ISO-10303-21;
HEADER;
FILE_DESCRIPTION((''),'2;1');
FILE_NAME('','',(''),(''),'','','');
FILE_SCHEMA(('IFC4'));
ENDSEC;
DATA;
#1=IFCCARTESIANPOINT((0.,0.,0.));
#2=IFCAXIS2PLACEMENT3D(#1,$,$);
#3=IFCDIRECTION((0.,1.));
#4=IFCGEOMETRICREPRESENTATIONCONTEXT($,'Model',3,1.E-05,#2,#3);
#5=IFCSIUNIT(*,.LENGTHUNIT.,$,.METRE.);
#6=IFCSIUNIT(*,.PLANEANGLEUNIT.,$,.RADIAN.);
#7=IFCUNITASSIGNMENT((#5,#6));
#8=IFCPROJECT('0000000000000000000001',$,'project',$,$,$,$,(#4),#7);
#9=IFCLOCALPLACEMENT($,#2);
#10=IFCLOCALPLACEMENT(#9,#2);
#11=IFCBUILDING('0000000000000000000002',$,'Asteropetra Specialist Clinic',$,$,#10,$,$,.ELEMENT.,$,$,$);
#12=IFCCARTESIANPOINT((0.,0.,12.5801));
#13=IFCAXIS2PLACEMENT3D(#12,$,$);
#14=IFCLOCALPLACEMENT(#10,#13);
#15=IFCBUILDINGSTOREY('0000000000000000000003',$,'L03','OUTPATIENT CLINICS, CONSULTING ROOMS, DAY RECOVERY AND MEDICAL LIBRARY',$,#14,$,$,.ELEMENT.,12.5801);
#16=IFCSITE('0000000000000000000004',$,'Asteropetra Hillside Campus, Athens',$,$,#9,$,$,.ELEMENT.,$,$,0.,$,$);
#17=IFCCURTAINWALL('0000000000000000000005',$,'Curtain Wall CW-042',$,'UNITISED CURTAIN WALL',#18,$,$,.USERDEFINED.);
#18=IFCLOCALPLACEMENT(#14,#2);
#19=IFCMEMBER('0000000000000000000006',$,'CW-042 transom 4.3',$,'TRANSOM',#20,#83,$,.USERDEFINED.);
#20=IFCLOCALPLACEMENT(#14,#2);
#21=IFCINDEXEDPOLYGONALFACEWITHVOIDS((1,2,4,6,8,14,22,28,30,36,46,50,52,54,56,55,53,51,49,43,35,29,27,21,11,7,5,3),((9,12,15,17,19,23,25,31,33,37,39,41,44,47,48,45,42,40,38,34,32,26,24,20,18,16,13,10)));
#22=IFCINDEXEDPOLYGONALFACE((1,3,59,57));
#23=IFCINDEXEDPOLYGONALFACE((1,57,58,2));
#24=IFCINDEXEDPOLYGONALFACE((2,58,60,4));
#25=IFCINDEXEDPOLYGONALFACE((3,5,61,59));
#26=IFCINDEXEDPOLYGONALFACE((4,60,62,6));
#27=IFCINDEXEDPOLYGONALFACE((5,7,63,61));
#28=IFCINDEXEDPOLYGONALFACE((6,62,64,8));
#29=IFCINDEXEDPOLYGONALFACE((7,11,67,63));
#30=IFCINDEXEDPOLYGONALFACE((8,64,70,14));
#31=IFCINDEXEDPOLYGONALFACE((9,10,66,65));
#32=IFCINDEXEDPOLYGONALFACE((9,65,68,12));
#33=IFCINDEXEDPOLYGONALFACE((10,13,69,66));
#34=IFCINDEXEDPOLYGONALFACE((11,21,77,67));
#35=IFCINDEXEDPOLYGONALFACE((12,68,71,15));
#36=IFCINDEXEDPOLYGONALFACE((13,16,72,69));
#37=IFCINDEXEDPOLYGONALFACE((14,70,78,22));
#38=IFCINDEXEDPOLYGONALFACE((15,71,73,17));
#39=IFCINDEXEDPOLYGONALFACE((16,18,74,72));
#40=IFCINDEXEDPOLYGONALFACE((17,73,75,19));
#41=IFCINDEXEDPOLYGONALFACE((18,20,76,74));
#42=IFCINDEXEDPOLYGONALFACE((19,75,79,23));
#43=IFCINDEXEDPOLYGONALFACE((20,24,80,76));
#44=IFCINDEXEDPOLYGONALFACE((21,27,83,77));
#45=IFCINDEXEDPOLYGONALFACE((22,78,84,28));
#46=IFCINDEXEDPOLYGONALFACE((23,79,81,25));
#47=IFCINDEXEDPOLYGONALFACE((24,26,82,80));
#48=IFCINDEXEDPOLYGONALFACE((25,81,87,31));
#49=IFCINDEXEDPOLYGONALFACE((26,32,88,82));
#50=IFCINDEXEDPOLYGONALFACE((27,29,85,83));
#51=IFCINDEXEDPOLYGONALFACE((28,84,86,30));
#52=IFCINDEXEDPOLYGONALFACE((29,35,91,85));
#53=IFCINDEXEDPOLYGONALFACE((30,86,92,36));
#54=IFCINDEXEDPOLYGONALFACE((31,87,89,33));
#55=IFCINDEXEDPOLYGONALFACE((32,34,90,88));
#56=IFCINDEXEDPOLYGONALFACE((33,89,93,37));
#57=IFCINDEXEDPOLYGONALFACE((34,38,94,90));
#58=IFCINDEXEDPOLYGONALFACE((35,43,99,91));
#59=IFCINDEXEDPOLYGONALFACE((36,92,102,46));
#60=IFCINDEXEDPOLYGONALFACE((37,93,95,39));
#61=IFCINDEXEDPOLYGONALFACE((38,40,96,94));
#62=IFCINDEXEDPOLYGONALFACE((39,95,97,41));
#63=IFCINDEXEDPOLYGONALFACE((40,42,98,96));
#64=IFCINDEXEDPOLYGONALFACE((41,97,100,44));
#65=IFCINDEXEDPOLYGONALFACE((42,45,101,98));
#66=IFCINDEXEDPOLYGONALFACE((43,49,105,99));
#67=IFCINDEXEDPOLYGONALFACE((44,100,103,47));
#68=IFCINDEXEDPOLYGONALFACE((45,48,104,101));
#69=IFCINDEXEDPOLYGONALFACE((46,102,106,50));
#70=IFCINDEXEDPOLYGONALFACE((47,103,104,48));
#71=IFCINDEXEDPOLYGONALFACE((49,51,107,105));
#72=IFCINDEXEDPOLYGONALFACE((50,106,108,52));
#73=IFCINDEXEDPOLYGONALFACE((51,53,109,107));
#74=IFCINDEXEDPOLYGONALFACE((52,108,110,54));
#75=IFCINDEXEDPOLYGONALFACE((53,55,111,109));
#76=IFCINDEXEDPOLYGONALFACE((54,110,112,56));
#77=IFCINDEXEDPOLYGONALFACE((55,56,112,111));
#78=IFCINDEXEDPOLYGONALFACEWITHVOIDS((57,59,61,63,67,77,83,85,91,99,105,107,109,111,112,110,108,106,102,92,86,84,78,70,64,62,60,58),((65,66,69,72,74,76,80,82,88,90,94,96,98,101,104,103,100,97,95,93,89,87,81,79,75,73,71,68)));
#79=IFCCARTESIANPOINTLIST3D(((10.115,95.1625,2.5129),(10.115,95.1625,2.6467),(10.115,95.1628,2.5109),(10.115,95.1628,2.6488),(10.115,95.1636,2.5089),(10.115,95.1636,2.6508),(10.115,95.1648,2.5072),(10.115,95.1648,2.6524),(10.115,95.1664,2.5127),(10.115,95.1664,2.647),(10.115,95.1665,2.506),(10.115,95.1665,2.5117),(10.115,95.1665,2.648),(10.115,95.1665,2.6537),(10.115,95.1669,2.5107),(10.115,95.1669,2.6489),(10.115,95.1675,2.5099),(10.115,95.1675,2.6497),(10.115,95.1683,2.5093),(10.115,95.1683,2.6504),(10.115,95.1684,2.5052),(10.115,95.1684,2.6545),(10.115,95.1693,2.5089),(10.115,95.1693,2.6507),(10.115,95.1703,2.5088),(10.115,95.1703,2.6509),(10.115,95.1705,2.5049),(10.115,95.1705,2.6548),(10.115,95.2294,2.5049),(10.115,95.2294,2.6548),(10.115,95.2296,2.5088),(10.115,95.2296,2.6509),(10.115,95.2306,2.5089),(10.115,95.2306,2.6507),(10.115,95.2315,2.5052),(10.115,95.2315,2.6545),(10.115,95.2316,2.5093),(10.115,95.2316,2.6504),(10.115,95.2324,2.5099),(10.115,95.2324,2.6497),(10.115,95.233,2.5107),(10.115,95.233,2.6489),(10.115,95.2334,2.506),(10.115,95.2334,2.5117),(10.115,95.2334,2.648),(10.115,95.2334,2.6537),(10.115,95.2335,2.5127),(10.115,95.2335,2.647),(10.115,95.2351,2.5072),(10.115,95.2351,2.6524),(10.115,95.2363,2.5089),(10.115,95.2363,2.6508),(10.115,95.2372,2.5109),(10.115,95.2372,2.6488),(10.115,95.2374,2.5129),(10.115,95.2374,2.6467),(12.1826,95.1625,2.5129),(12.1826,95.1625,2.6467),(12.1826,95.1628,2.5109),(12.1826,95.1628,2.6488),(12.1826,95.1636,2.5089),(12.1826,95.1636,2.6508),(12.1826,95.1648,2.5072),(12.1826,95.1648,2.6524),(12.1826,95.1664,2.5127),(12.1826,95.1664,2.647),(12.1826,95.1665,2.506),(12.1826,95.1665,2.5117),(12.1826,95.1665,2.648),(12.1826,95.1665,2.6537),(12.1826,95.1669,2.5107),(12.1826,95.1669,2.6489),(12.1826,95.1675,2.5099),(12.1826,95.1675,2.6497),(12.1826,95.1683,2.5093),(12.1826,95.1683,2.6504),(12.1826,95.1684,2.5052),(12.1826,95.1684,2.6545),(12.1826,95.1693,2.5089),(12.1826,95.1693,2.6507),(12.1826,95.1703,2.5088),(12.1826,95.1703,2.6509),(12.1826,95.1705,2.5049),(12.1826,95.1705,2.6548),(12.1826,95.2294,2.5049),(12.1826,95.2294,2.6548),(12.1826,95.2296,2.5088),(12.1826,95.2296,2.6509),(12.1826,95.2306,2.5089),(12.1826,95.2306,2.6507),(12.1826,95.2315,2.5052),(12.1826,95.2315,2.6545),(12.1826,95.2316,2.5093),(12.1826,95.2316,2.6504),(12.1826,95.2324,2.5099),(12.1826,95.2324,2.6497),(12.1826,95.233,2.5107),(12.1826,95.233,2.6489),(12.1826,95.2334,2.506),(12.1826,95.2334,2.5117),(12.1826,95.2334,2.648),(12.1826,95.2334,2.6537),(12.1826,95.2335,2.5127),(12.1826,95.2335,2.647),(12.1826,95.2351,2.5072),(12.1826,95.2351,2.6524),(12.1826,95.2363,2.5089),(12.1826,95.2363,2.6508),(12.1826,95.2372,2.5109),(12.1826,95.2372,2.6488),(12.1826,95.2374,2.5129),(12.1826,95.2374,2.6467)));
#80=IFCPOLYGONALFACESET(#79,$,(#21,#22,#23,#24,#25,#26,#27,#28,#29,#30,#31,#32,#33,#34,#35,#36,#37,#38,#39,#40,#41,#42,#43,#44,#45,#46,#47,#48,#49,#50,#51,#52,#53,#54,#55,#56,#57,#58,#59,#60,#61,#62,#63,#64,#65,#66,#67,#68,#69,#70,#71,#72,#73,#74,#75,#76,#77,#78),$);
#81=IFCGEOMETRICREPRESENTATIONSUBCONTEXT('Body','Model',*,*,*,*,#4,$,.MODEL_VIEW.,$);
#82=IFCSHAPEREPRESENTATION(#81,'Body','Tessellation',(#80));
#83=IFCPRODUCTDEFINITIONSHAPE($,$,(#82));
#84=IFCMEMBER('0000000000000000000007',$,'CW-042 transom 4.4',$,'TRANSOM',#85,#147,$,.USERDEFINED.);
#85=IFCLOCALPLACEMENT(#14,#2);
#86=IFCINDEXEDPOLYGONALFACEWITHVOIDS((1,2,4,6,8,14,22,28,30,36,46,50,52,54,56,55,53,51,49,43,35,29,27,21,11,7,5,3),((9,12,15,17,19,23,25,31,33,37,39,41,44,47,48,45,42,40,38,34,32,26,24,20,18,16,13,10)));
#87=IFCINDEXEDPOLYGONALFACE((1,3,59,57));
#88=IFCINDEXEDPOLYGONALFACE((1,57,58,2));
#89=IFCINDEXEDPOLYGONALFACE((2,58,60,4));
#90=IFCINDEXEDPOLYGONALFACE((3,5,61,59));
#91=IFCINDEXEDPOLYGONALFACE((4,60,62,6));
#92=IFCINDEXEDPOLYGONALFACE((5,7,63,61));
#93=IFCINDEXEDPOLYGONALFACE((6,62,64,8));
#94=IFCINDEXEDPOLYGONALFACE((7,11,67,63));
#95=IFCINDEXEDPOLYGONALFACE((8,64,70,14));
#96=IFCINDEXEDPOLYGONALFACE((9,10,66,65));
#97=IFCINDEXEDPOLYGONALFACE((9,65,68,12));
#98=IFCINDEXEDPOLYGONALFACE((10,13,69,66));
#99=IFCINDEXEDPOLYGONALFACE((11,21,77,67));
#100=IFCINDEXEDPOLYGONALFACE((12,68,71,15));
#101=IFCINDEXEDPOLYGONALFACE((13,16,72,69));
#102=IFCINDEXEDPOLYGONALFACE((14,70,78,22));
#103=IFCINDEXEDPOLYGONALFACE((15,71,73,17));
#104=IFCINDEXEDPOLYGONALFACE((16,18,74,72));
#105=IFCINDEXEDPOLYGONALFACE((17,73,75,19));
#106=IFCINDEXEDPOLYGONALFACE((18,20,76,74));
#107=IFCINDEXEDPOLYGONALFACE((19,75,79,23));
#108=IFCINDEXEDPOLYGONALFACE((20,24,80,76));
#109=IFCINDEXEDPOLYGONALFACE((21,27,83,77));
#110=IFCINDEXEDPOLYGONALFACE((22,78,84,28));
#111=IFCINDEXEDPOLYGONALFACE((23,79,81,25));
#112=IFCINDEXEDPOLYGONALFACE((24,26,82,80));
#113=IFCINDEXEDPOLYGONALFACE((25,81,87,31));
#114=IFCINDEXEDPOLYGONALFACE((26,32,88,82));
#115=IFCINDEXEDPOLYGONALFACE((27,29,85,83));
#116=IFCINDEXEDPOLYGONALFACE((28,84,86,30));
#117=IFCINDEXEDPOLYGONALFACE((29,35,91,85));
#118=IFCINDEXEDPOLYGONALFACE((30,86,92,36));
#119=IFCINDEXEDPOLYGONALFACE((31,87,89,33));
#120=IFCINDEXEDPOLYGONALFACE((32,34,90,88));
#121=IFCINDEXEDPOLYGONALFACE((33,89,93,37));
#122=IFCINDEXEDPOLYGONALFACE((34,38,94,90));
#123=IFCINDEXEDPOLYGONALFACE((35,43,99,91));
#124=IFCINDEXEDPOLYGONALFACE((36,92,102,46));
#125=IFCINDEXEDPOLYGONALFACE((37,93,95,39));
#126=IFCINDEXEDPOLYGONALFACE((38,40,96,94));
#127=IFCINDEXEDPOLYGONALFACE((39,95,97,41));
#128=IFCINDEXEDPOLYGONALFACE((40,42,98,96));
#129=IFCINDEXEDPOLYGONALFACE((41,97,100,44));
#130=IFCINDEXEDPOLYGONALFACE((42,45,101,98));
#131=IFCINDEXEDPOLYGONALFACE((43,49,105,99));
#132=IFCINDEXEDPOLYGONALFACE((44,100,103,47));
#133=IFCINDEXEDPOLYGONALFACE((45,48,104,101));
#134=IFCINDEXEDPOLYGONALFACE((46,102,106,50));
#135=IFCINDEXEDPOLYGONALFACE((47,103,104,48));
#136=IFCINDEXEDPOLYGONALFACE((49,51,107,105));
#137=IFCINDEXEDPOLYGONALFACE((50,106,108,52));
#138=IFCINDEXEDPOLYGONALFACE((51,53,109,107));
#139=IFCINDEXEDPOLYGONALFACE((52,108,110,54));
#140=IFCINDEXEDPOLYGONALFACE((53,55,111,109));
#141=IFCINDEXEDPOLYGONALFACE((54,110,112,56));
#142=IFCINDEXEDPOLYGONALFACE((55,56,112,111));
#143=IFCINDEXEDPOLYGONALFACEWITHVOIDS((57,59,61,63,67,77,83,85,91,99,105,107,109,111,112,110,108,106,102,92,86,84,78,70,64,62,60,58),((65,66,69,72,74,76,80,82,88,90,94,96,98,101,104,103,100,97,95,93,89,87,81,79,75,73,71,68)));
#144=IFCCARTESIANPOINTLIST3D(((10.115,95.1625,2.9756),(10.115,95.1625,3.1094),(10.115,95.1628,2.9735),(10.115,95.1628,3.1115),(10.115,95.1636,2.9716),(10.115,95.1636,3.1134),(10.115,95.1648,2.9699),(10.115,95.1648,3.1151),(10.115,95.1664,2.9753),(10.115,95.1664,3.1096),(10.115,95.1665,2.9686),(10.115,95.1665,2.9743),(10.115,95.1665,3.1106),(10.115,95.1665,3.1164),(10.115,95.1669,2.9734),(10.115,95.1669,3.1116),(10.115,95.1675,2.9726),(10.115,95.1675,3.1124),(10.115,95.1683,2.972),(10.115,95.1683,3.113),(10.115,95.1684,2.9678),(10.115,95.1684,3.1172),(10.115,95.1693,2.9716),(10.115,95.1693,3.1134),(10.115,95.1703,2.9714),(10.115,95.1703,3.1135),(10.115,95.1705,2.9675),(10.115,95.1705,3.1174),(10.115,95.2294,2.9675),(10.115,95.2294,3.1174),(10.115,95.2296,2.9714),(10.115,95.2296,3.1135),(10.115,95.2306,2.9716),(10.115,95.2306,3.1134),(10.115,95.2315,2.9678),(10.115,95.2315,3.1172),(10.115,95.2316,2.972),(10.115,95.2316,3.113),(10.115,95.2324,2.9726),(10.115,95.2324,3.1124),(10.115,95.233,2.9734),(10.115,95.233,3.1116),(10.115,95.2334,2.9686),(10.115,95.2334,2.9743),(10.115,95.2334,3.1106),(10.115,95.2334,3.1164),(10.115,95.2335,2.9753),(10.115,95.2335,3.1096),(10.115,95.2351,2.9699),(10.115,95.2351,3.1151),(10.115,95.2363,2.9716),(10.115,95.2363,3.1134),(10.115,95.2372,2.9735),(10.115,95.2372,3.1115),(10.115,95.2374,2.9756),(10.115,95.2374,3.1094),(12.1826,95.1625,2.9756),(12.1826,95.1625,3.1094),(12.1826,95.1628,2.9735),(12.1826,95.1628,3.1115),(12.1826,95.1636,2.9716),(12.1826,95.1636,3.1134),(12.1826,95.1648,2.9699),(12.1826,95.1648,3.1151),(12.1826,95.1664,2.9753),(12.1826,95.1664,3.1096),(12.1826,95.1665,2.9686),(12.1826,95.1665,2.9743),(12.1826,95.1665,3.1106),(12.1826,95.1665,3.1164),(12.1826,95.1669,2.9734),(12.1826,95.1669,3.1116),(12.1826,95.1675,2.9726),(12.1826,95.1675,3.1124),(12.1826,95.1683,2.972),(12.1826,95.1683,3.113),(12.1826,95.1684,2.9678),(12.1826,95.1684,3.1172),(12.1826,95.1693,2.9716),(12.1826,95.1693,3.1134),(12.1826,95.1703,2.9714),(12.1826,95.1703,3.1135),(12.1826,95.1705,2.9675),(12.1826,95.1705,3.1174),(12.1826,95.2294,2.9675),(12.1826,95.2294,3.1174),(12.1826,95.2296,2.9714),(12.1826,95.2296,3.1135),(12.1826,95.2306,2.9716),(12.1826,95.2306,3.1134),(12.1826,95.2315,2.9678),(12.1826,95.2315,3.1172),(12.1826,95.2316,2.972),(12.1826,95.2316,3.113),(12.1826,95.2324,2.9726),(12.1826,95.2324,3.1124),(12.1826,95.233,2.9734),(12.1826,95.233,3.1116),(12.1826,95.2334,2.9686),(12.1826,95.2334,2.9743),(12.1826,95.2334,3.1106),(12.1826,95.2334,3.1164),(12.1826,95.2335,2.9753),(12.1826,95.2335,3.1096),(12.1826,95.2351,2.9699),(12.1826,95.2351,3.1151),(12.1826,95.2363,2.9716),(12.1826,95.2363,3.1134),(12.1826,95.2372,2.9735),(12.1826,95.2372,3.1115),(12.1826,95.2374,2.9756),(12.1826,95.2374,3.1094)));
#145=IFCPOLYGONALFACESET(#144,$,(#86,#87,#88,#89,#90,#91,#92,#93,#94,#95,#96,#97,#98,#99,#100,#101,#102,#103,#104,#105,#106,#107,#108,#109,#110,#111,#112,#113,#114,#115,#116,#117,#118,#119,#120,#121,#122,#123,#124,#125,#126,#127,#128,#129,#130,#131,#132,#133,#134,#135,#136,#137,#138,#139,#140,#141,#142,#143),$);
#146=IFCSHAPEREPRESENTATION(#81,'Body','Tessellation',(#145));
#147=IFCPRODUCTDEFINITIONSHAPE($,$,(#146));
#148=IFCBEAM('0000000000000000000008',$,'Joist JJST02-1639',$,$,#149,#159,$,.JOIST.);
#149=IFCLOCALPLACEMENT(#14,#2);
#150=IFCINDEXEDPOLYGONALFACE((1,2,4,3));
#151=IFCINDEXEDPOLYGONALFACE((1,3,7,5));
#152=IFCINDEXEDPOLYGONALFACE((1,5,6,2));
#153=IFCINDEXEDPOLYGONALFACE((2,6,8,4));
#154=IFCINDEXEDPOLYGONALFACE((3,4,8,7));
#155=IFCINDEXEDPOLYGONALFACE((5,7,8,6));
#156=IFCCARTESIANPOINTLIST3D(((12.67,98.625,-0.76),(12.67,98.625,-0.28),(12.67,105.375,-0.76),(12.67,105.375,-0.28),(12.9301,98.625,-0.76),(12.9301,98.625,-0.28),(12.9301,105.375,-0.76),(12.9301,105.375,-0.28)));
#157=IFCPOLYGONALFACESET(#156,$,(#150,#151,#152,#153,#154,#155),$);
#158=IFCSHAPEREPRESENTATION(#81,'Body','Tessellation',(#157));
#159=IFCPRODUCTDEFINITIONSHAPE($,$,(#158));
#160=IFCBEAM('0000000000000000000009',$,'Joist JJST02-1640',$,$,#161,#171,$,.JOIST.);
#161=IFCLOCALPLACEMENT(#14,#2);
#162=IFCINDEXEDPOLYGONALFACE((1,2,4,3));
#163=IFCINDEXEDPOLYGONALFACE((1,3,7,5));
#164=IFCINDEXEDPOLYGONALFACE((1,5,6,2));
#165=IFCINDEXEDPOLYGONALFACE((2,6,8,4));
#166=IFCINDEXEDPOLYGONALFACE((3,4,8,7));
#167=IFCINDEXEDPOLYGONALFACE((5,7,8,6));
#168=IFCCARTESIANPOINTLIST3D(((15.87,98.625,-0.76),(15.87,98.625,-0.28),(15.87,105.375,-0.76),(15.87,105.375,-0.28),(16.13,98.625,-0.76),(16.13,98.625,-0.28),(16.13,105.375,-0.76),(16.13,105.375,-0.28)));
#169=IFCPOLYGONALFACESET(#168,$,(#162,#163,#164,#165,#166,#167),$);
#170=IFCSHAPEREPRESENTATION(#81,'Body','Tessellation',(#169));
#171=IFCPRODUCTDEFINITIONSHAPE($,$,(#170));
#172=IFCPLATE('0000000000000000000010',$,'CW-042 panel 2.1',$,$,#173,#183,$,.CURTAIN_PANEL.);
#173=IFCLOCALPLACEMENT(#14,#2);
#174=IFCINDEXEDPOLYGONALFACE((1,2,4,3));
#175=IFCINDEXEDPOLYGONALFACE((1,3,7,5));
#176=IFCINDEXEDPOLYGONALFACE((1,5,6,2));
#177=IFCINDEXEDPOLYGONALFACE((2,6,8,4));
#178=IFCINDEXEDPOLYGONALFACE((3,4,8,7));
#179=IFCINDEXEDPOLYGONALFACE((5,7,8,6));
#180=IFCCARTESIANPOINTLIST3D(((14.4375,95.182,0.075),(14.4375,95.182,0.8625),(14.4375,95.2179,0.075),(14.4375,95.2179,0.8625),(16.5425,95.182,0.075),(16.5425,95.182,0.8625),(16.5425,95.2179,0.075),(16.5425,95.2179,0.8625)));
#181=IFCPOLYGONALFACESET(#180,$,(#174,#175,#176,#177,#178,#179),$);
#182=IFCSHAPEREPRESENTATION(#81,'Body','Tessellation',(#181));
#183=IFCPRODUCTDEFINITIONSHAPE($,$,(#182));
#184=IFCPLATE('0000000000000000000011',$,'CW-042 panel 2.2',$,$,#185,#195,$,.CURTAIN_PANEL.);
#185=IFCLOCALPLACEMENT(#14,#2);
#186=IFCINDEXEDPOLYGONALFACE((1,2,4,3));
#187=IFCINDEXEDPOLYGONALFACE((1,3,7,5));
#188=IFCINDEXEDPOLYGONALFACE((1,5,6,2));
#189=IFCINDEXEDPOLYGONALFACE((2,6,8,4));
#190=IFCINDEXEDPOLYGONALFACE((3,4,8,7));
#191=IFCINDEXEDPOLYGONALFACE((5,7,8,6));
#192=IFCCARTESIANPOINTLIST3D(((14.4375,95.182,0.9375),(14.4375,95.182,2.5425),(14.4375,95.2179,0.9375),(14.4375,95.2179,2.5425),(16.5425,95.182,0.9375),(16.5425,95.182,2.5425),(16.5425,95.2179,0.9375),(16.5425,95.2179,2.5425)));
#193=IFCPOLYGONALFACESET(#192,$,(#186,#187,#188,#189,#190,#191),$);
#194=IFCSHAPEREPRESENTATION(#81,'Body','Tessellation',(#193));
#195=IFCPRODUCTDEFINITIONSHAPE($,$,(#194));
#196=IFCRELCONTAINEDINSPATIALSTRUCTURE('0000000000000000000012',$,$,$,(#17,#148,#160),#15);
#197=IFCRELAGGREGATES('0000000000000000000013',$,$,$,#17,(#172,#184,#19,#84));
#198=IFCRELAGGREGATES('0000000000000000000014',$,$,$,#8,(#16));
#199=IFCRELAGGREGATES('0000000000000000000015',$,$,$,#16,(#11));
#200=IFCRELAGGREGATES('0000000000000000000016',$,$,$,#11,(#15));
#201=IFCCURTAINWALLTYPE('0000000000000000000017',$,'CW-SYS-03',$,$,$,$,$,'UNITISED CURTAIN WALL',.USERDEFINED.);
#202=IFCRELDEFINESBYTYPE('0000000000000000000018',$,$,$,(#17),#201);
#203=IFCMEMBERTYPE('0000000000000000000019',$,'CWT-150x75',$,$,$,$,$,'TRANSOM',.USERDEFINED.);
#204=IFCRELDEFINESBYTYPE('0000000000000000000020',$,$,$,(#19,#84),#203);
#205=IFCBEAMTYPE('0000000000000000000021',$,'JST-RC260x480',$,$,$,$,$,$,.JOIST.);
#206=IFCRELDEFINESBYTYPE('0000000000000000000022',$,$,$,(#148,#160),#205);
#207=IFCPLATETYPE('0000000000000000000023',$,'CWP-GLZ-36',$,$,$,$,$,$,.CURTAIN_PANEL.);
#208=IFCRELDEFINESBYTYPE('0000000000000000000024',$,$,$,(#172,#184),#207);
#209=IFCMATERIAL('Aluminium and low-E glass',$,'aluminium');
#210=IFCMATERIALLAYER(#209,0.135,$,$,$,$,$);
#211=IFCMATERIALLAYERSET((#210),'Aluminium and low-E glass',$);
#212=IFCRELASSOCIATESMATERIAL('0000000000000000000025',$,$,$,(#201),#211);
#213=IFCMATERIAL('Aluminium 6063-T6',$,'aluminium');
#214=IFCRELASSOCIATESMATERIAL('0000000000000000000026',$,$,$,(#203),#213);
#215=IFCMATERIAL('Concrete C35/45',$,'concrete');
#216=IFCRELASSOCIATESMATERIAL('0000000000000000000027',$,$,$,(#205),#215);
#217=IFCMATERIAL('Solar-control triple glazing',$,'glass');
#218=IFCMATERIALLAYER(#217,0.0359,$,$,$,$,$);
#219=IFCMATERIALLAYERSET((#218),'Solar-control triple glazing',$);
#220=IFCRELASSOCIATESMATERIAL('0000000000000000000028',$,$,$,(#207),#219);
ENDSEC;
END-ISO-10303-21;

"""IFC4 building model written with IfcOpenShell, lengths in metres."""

from ifc_helpers import new_model, si_unit, direction, frame, origin, origin_2d, place, context, subcontext, project, spatial, rectangle, hollow_rectangle, extrude, material, layer, layer_set, material_profile, profile_set, type_object, element, aggregate, save


model = new_model("IFC4")

# Units and contexts
model_context = context("Model", 3, precision=1e-05, world=origin(), true_north=direction((0.0, 1.0)))
body_context = subcontext(model_context, "Body", "Model", "MODEL_VIEW")
ifc_project = project(units=[si_unit("LENGTHUNIT", "METRE"), si_unit("PLANEANGLEUNIT", "RADIAN")], contexts=[model_context])

# Site, building, storey
site_placement = place(None, origin())
site = spatial("IfcSite", under=ifc_project, at=site_placement, Name="Asteropetra Hillside Campus, Athens", CompositionType="ELEMENT", RefElevation=0.0)
building_placement = place(site_placement, origin())
building = spatial("IfcBuilding", under=site, at=building_placement, Name="Asteropetra Specialist Clinic", CompositionType="ELEMENT")
storey_placement = place(building_placement, frame((0.0, 0.0, 12.5801)))
storey = spatial("IfcBuildingStorey", under=building, at=storey_placement, Name="L03", Description="OUTPATIENT CLINICS, CONSULTING ROOMS, DAY RECOVERY AND MEDICAL LIBRARY", CompositionType="ELEMENT", Elevation=12.5801)

# Curtain wall, members
ifc_material_1 = material(Name="Aluminium and low-E glass", Category="aluminium")
ifc_layer_1 = layer(ifc_material_1, 0.135)
ifc_layer_set_1 = layer_set([ifc_layer_1], Name="Aluminium and low-E glass")
curtain_wall_type = type_object("IfcCurtainWallType", Name="CW-SYS-03", ElementType="UNITISED CURTAIN WALL", PredefinedType="USERDEFINED", material=ifc_layer_set_1)
curtain_wall_placement = place(storey_placement, origin())
curtain_wall = element("IfcCurtainWall", 1, at=curtain_wall_placement, inside=storey, type_object=curtain_wall_type, Name="Curtain Wall CW-042", ObjectType="UNITISED CURTAIN WALL", PredefinedType="USERDEFINED")
ifc_material_2 = material(Name="Aluminium 6063-T6", Category="aluminium")
ifc_material_profile_1 = material_profile(ifc_material_2, hollow_rectangle(XDim=0.075, YDim=0.1499, WallThickness=0.0039, InnerFilletRadius=0.0039, OuterFilletRadius=0.0081, at=origin_2d()), Name="TRN 150x75x4.0")
ifc_profile_set_1 = profile_set([ifc_material_profile_1], Name="Aluminium 6063-T6")
member_type_1 = type_object("IfcMemberType", Name="CWT-150x75", ElementType="TRANSOM", PredefinedType="USERDEFINED", material=ifc_profile_set_1)
member_1_placement = place(storey_placement, frame((12.1826, 95.2, 2.5798), z_axis=(-1.0, 0.0, 0.0), x_axis=(0.0, -1.0, 0.0)))
member_1 = element("IfcMember", 2, at=member_1_placement, type_object=member_type_1, Name="CW-042 transom 4.3", ObjectType="TRANSOM", PredefinedType="USERDEFINED", context=body_context, shape_type="SweptSolid", body=[
    extrude(hollow_rectangle(XDim=0.075, YDim=0.1499, WallThickness=0.0039, InnerFilletRadius=0.0039, OuterFilletRadius=0.0081, at=origin_2d()), origin(), (0.0, 0.0, 1.0), 2.0676),
])
member_2_placement = place(storey_placement, frame((12.1826, 95.2, 3.0425), z_axis=(-1.0, 0.0, 0.0), x_axis=(0.0, -1.0, 0.0)))
member_2 = element("IfcMember", 3, at=member_2_placement, type_object=member_type_1, Name="CW-042 transom 4.4", ObjectType="TRANSOM", PredefinedType="USERDEFINED", context=body_context, shape_type="SweptSolid", body=[
    extrude(hollow_rectangle(XDim=0.075, YDim=0.1499, WallThickness=0.0039, InnerFilletRadius=0.0039, OuterFilletRadius=0.0081, at=origin_2d()), origin(), (0.0, 0.0, 1.0), 2.0676),
])

# Beams
ifc_material_3 = material(Name="Concrete C35/45", Category="concrete")
ifc_material_profile_2 = material_profile(ifc_material_3, rectangle(XDim=0.26, YDim=0.48, at=origin_2d()), Name="RCJ 260x480")
ifc_profile_set_2 = profile_set([ifc_material_profile_2], Name="Concrete C35/45")
beam_type_1 = type_object("IfcBeamType", Name="JST-RC260x480", PredefinedType="JOIST", material=ifc_profile_set_2)
for number, where, z_axis, x_axis, name in (
    (4, (12.8, 98.625, -0.52), (0.0, 1.0, 0.0), (-1.0, 0.0, 0.0), "Joist JJST02-1639"),
    (5, (16.0, 98.625, -0.52), (0.0, 1.0, 0.0), (-1.0, 0.0, 0.0), "Joist JJST02-1640"),
):
    element("IfcBeam", number, at=place(storey_placement, frame(where, z_axis=z_axis, x_axis=x_axis)), inside=storey, type_object=beam_type_1, Name=name, PredefinedType="JOIST", context=body_context, shape_type="SweptSolid", body=[
        extrude(rectangle(XDim=0.26, YDim=0.48, at=origin_2d()), origin(), (0.0, 0.0, 1.0), 6.75),
    ])

# Plates
ifc_material_4 = material(Name="Solar-control triple glazing", Category="glass")
ifc_layer_2 = layer(ifc_material_4, 0.0359)
ifc_layer_set_2 = layer_set([ifc_layer_2], Name="Solar-control triple glazing")
plate_type = type_object("IfcPlateType", Name="CWP-GLZ-36", PredefinedType="CURTAIN_PANEL", material=ifc_layer_set_2)
plate_1_placement = place(storey_placement, frame((15.49, 95.2, 0.075), z_axis=(0.0, 0.0, 1.0), x_axis=(-1.0, 0.0, 0.0)))
plate_1 = element("IfcPlate", 6, at=plate_1_placement, type_object=plate_type, Name="CW-042 panel 2.1", PredefinedType="CURTAIN_PANEL", context=body_context, shape_type="SweptSolid", body=[
    extrude(rectangle(XDim=2.105, YDim=0.0359, at=origin_2d()), origin(), (0.0, 0.0, 1.0), 0.7876),
])
plate_2_placement = place(storey_placement, frame((15.49, 95.2, 0.9375), z_axis=(0.0, 0.0, 1.0), x_axis=(-1.0, 0.0, 0.0)))
plate_2 = element("IfcPlate", 7, at=plate_2_placement, type_object=plate_type, Name="CW-042 panel 2.2", PredefinedType="CURTAIN_PANEL", context=body_context, shape_type="SweptSolid", body=[
    extrude(rectangle(XDim=2.105, YDim=0.0359, at=origin_2d()), origin(), (0.0, 0.0, 1.0), 1.605),
])
aggregate(curtain_wall, [plate_1, plate_2, member_1, member_2])

save(model, "model.ifc")
